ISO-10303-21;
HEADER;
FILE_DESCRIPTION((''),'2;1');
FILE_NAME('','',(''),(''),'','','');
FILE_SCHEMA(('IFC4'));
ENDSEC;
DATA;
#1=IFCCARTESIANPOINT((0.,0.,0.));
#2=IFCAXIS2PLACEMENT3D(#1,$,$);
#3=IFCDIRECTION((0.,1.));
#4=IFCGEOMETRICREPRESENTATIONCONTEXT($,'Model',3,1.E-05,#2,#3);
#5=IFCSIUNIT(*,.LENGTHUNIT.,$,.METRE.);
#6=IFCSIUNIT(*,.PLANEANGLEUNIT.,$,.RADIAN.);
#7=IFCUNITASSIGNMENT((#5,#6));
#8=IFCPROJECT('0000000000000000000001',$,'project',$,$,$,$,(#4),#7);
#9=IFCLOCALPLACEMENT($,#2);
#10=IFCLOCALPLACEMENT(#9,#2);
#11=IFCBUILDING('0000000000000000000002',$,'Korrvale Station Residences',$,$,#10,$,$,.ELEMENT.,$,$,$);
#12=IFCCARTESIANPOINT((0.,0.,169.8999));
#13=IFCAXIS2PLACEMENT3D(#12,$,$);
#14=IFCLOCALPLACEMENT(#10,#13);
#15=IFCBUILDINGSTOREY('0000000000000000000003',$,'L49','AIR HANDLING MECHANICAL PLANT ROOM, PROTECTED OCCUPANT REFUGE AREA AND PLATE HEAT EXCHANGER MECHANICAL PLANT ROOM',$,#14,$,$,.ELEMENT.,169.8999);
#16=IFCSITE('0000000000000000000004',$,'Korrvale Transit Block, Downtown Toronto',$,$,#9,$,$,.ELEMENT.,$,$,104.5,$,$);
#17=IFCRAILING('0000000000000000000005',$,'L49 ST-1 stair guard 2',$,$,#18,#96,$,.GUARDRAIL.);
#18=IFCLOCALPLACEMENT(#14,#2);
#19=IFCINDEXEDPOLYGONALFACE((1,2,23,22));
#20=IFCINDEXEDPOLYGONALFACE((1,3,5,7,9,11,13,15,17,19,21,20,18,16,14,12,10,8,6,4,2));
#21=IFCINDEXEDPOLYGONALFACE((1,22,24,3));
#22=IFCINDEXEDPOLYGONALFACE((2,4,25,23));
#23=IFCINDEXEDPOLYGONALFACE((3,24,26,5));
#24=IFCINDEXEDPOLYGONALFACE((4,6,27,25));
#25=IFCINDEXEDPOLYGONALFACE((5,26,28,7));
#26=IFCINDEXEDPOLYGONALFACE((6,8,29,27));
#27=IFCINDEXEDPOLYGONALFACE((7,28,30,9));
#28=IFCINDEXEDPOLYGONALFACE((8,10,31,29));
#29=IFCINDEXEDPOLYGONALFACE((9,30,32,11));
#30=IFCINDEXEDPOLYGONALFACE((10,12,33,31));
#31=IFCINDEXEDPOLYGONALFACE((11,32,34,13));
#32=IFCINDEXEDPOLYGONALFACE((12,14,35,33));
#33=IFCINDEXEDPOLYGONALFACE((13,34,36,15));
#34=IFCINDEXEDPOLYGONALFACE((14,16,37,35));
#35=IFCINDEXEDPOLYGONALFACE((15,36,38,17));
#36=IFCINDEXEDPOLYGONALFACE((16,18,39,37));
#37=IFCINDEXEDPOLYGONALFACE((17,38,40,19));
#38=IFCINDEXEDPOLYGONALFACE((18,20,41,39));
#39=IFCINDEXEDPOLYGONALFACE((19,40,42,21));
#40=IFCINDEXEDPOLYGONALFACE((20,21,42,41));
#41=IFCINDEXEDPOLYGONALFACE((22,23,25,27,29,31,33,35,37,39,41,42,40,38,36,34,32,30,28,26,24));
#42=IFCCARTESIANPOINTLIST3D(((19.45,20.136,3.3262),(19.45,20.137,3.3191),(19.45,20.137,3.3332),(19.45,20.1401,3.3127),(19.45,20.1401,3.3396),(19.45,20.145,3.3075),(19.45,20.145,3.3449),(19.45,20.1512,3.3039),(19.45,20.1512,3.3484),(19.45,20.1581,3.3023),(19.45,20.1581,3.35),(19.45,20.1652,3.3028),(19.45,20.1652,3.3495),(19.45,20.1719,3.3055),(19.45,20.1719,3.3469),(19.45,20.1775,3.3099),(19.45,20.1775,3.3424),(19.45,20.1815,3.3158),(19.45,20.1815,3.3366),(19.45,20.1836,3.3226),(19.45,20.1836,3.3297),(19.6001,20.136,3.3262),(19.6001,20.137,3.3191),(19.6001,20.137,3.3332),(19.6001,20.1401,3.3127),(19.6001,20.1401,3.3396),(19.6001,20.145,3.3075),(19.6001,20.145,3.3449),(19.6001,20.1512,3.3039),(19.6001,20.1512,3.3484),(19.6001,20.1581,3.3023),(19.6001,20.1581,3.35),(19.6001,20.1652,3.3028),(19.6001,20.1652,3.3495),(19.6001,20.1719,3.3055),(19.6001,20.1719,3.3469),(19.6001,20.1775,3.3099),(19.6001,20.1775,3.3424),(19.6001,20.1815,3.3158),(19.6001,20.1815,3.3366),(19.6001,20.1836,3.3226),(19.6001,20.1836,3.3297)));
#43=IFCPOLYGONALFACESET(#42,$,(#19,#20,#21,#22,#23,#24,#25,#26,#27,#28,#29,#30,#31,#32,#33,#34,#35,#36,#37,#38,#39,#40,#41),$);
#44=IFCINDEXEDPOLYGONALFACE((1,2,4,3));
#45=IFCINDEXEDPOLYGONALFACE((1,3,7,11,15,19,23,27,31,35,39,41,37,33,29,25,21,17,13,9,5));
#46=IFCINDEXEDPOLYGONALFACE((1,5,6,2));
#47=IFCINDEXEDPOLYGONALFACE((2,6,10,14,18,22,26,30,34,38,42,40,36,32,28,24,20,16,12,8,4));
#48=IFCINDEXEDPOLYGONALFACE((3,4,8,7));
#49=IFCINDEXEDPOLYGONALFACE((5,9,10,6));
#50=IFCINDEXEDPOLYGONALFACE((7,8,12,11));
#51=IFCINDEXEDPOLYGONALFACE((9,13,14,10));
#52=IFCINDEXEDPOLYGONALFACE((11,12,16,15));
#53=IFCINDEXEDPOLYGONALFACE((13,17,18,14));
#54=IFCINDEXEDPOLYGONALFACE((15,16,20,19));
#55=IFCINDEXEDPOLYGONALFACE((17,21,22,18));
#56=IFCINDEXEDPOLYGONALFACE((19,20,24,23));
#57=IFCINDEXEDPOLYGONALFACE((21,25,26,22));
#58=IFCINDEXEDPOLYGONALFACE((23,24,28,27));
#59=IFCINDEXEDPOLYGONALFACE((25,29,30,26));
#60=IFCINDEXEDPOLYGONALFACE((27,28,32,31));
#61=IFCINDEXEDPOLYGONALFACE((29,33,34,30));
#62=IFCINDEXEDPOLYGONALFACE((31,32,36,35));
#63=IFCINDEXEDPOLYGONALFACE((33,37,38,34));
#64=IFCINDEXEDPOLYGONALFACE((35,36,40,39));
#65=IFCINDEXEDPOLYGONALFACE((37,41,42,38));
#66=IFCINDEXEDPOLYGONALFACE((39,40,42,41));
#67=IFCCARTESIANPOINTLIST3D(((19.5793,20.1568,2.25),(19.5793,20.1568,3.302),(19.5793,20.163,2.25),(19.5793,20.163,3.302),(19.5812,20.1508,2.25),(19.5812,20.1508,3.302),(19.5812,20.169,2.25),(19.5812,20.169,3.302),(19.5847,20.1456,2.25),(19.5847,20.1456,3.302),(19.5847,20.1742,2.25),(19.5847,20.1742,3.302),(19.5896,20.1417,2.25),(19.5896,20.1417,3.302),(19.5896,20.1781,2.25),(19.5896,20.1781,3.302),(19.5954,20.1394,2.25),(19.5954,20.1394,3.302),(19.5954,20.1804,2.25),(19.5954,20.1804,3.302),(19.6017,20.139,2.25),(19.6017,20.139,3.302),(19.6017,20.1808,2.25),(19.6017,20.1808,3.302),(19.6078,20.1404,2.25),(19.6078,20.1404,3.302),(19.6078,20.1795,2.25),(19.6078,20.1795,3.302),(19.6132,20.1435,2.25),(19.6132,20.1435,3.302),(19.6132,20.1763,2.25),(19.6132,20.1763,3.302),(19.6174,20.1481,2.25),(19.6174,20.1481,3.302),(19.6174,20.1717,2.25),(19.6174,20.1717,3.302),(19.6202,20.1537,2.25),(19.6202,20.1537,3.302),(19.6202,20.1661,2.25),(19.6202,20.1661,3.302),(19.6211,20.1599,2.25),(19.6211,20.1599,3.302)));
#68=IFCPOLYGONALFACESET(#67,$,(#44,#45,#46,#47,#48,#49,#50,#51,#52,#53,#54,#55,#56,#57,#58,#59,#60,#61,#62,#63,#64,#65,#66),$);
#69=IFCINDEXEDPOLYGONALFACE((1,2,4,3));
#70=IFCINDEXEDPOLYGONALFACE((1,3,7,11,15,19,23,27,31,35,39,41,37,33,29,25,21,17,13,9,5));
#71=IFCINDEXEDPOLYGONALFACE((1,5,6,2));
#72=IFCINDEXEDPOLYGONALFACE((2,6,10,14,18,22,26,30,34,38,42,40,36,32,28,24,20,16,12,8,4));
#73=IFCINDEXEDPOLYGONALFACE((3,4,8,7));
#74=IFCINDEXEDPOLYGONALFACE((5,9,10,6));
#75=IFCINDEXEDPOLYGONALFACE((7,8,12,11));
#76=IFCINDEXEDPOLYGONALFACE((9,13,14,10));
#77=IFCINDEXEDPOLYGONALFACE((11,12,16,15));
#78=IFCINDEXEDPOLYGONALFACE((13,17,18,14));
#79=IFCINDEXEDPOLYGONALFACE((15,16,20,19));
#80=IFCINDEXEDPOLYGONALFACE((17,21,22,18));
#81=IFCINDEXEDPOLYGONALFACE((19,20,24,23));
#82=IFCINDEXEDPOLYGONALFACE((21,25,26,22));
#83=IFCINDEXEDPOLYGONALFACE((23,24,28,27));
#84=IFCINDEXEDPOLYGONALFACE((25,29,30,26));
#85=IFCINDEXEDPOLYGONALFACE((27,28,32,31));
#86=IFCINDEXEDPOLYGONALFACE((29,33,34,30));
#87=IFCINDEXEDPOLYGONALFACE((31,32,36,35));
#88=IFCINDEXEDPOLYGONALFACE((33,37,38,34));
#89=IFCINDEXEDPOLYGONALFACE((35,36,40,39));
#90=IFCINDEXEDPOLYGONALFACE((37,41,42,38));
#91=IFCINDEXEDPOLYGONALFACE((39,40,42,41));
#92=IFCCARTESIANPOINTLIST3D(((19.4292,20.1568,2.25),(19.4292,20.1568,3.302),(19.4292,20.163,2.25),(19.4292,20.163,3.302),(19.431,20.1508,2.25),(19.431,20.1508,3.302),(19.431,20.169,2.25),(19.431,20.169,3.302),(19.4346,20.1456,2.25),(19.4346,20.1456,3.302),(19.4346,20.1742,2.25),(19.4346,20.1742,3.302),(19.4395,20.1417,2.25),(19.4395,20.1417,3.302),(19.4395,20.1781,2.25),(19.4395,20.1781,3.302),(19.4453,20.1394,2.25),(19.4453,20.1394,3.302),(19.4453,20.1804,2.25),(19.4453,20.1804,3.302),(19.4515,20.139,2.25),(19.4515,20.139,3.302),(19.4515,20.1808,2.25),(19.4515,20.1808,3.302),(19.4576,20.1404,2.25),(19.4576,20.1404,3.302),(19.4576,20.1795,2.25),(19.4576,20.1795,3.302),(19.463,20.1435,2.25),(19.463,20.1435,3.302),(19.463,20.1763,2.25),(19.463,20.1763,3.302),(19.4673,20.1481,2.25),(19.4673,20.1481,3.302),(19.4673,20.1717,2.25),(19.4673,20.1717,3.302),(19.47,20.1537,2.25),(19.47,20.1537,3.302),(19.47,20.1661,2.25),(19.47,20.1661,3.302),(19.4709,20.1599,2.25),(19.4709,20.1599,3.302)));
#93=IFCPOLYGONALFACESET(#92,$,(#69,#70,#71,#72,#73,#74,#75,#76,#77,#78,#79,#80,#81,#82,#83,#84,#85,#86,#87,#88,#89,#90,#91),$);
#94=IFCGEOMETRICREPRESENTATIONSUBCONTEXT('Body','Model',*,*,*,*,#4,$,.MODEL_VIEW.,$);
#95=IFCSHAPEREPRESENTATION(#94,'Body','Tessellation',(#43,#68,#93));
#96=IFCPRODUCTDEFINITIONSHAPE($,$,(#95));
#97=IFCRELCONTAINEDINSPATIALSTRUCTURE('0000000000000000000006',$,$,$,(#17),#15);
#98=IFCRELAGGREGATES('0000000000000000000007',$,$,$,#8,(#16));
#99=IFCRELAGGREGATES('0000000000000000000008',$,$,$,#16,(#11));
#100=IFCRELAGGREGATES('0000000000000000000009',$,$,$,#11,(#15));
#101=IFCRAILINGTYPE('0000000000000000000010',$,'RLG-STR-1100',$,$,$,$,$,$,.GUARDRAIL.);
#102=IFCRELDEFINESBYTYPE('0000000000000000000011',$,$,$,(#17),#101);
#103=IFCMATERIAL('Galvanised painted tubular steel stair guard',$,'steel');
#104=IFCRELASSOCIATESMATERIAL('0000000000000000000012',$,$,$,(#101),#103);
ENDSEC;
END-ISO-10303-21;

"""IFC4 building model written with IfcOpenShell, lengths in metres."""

from ifc_helpers import new_model, si_unit, direction, frame, origin, origin_2d, place, context, subcontext, project, spatial, circle, extrude, material, type_object, element, save


model = new_model("IFC4")

# Units and contexts
model_context = context("Model", 3, precision=1e-05, world=origin(), true_north=direction((0.0, 1.0)))
body_context = subcontext(model_context, "Body", "Model", "MODEL_VIEW")
ifc_project = project(units=[si_unit("LENGTHUNIT", "METRE"), si_unit("PLANEANGLEUNIT", "RADIAN")], contexts=[model_context])

# Site, building, storey
site_placement = place(None, origin())
site = spatial("IfcSite", under=ifc_project, at=site_placement, Name="Korrvale Transit Block, Downtown Toronto", CompositionType="ELEMENT", RefElevation=104.5)
building_placement = place(site_placement, origin())
building = spatial("IfcBuilding", under=site, at=building_placement, Name="Korrvale Station Residences", CompositionType="ELEMENT")
storey_placement = place(building_placement, frame((0.0, 0.0, 169.8999)))
storey = spatial("IfcBuildingStorey", under=building, at=storey_placement, Name="L49", Description="AIR HANDLING MECHANICAL PLANT ROOM, PROTECTED OCCUPANT REFUGE AREA AND PLATE HEAT EXCHANGER MECHANICAL PLANT ROOM", CompositionType="ELEMENT", Elevation=169.8999)

# Railing
ifc_material_1 = material(Name="Galvanised painted tubular steel stair guard", Category="steel")
railing_type_1 = type_object("IfcRailingType", Name="RLG-STR-1100", PredefinedType="GUARDRAIL", material=ifc_material_1)
railing_1_placement = place(storey_placement, frame((19.6001, 20.1599, 2.25)))
element("IfcRailing", 1, at=railing_1_placement, inside=storey, type_object=railing_type_1, Name="L49 ST-1 stair guard 2", PredefinedType="GUARDRAIL", context=body_context, shape_type="SweptSolid", body=[
    extrude(circle(Radius=0.0239, at=origin_2d()), frame((0.0, 0.0, 1.0762), z_axis=(-1.0, 0.0, 0.0), x_axis=(0.0, -1.0, 0.0)), (0.0, 0.0, 1.0), 0.1501),
    extrude(circle(Radius=0.021, at=origin_2d()), origin(), (0.0, 0.0, 1.0), 1.052),
    extrude(circle(Radius=0.021, at=origin_2d()), frame((-0.1501, 0.0, 0.0)), (0.0, 0.0, 1.0), 1.052),
])

save(model, "model.ifc")
